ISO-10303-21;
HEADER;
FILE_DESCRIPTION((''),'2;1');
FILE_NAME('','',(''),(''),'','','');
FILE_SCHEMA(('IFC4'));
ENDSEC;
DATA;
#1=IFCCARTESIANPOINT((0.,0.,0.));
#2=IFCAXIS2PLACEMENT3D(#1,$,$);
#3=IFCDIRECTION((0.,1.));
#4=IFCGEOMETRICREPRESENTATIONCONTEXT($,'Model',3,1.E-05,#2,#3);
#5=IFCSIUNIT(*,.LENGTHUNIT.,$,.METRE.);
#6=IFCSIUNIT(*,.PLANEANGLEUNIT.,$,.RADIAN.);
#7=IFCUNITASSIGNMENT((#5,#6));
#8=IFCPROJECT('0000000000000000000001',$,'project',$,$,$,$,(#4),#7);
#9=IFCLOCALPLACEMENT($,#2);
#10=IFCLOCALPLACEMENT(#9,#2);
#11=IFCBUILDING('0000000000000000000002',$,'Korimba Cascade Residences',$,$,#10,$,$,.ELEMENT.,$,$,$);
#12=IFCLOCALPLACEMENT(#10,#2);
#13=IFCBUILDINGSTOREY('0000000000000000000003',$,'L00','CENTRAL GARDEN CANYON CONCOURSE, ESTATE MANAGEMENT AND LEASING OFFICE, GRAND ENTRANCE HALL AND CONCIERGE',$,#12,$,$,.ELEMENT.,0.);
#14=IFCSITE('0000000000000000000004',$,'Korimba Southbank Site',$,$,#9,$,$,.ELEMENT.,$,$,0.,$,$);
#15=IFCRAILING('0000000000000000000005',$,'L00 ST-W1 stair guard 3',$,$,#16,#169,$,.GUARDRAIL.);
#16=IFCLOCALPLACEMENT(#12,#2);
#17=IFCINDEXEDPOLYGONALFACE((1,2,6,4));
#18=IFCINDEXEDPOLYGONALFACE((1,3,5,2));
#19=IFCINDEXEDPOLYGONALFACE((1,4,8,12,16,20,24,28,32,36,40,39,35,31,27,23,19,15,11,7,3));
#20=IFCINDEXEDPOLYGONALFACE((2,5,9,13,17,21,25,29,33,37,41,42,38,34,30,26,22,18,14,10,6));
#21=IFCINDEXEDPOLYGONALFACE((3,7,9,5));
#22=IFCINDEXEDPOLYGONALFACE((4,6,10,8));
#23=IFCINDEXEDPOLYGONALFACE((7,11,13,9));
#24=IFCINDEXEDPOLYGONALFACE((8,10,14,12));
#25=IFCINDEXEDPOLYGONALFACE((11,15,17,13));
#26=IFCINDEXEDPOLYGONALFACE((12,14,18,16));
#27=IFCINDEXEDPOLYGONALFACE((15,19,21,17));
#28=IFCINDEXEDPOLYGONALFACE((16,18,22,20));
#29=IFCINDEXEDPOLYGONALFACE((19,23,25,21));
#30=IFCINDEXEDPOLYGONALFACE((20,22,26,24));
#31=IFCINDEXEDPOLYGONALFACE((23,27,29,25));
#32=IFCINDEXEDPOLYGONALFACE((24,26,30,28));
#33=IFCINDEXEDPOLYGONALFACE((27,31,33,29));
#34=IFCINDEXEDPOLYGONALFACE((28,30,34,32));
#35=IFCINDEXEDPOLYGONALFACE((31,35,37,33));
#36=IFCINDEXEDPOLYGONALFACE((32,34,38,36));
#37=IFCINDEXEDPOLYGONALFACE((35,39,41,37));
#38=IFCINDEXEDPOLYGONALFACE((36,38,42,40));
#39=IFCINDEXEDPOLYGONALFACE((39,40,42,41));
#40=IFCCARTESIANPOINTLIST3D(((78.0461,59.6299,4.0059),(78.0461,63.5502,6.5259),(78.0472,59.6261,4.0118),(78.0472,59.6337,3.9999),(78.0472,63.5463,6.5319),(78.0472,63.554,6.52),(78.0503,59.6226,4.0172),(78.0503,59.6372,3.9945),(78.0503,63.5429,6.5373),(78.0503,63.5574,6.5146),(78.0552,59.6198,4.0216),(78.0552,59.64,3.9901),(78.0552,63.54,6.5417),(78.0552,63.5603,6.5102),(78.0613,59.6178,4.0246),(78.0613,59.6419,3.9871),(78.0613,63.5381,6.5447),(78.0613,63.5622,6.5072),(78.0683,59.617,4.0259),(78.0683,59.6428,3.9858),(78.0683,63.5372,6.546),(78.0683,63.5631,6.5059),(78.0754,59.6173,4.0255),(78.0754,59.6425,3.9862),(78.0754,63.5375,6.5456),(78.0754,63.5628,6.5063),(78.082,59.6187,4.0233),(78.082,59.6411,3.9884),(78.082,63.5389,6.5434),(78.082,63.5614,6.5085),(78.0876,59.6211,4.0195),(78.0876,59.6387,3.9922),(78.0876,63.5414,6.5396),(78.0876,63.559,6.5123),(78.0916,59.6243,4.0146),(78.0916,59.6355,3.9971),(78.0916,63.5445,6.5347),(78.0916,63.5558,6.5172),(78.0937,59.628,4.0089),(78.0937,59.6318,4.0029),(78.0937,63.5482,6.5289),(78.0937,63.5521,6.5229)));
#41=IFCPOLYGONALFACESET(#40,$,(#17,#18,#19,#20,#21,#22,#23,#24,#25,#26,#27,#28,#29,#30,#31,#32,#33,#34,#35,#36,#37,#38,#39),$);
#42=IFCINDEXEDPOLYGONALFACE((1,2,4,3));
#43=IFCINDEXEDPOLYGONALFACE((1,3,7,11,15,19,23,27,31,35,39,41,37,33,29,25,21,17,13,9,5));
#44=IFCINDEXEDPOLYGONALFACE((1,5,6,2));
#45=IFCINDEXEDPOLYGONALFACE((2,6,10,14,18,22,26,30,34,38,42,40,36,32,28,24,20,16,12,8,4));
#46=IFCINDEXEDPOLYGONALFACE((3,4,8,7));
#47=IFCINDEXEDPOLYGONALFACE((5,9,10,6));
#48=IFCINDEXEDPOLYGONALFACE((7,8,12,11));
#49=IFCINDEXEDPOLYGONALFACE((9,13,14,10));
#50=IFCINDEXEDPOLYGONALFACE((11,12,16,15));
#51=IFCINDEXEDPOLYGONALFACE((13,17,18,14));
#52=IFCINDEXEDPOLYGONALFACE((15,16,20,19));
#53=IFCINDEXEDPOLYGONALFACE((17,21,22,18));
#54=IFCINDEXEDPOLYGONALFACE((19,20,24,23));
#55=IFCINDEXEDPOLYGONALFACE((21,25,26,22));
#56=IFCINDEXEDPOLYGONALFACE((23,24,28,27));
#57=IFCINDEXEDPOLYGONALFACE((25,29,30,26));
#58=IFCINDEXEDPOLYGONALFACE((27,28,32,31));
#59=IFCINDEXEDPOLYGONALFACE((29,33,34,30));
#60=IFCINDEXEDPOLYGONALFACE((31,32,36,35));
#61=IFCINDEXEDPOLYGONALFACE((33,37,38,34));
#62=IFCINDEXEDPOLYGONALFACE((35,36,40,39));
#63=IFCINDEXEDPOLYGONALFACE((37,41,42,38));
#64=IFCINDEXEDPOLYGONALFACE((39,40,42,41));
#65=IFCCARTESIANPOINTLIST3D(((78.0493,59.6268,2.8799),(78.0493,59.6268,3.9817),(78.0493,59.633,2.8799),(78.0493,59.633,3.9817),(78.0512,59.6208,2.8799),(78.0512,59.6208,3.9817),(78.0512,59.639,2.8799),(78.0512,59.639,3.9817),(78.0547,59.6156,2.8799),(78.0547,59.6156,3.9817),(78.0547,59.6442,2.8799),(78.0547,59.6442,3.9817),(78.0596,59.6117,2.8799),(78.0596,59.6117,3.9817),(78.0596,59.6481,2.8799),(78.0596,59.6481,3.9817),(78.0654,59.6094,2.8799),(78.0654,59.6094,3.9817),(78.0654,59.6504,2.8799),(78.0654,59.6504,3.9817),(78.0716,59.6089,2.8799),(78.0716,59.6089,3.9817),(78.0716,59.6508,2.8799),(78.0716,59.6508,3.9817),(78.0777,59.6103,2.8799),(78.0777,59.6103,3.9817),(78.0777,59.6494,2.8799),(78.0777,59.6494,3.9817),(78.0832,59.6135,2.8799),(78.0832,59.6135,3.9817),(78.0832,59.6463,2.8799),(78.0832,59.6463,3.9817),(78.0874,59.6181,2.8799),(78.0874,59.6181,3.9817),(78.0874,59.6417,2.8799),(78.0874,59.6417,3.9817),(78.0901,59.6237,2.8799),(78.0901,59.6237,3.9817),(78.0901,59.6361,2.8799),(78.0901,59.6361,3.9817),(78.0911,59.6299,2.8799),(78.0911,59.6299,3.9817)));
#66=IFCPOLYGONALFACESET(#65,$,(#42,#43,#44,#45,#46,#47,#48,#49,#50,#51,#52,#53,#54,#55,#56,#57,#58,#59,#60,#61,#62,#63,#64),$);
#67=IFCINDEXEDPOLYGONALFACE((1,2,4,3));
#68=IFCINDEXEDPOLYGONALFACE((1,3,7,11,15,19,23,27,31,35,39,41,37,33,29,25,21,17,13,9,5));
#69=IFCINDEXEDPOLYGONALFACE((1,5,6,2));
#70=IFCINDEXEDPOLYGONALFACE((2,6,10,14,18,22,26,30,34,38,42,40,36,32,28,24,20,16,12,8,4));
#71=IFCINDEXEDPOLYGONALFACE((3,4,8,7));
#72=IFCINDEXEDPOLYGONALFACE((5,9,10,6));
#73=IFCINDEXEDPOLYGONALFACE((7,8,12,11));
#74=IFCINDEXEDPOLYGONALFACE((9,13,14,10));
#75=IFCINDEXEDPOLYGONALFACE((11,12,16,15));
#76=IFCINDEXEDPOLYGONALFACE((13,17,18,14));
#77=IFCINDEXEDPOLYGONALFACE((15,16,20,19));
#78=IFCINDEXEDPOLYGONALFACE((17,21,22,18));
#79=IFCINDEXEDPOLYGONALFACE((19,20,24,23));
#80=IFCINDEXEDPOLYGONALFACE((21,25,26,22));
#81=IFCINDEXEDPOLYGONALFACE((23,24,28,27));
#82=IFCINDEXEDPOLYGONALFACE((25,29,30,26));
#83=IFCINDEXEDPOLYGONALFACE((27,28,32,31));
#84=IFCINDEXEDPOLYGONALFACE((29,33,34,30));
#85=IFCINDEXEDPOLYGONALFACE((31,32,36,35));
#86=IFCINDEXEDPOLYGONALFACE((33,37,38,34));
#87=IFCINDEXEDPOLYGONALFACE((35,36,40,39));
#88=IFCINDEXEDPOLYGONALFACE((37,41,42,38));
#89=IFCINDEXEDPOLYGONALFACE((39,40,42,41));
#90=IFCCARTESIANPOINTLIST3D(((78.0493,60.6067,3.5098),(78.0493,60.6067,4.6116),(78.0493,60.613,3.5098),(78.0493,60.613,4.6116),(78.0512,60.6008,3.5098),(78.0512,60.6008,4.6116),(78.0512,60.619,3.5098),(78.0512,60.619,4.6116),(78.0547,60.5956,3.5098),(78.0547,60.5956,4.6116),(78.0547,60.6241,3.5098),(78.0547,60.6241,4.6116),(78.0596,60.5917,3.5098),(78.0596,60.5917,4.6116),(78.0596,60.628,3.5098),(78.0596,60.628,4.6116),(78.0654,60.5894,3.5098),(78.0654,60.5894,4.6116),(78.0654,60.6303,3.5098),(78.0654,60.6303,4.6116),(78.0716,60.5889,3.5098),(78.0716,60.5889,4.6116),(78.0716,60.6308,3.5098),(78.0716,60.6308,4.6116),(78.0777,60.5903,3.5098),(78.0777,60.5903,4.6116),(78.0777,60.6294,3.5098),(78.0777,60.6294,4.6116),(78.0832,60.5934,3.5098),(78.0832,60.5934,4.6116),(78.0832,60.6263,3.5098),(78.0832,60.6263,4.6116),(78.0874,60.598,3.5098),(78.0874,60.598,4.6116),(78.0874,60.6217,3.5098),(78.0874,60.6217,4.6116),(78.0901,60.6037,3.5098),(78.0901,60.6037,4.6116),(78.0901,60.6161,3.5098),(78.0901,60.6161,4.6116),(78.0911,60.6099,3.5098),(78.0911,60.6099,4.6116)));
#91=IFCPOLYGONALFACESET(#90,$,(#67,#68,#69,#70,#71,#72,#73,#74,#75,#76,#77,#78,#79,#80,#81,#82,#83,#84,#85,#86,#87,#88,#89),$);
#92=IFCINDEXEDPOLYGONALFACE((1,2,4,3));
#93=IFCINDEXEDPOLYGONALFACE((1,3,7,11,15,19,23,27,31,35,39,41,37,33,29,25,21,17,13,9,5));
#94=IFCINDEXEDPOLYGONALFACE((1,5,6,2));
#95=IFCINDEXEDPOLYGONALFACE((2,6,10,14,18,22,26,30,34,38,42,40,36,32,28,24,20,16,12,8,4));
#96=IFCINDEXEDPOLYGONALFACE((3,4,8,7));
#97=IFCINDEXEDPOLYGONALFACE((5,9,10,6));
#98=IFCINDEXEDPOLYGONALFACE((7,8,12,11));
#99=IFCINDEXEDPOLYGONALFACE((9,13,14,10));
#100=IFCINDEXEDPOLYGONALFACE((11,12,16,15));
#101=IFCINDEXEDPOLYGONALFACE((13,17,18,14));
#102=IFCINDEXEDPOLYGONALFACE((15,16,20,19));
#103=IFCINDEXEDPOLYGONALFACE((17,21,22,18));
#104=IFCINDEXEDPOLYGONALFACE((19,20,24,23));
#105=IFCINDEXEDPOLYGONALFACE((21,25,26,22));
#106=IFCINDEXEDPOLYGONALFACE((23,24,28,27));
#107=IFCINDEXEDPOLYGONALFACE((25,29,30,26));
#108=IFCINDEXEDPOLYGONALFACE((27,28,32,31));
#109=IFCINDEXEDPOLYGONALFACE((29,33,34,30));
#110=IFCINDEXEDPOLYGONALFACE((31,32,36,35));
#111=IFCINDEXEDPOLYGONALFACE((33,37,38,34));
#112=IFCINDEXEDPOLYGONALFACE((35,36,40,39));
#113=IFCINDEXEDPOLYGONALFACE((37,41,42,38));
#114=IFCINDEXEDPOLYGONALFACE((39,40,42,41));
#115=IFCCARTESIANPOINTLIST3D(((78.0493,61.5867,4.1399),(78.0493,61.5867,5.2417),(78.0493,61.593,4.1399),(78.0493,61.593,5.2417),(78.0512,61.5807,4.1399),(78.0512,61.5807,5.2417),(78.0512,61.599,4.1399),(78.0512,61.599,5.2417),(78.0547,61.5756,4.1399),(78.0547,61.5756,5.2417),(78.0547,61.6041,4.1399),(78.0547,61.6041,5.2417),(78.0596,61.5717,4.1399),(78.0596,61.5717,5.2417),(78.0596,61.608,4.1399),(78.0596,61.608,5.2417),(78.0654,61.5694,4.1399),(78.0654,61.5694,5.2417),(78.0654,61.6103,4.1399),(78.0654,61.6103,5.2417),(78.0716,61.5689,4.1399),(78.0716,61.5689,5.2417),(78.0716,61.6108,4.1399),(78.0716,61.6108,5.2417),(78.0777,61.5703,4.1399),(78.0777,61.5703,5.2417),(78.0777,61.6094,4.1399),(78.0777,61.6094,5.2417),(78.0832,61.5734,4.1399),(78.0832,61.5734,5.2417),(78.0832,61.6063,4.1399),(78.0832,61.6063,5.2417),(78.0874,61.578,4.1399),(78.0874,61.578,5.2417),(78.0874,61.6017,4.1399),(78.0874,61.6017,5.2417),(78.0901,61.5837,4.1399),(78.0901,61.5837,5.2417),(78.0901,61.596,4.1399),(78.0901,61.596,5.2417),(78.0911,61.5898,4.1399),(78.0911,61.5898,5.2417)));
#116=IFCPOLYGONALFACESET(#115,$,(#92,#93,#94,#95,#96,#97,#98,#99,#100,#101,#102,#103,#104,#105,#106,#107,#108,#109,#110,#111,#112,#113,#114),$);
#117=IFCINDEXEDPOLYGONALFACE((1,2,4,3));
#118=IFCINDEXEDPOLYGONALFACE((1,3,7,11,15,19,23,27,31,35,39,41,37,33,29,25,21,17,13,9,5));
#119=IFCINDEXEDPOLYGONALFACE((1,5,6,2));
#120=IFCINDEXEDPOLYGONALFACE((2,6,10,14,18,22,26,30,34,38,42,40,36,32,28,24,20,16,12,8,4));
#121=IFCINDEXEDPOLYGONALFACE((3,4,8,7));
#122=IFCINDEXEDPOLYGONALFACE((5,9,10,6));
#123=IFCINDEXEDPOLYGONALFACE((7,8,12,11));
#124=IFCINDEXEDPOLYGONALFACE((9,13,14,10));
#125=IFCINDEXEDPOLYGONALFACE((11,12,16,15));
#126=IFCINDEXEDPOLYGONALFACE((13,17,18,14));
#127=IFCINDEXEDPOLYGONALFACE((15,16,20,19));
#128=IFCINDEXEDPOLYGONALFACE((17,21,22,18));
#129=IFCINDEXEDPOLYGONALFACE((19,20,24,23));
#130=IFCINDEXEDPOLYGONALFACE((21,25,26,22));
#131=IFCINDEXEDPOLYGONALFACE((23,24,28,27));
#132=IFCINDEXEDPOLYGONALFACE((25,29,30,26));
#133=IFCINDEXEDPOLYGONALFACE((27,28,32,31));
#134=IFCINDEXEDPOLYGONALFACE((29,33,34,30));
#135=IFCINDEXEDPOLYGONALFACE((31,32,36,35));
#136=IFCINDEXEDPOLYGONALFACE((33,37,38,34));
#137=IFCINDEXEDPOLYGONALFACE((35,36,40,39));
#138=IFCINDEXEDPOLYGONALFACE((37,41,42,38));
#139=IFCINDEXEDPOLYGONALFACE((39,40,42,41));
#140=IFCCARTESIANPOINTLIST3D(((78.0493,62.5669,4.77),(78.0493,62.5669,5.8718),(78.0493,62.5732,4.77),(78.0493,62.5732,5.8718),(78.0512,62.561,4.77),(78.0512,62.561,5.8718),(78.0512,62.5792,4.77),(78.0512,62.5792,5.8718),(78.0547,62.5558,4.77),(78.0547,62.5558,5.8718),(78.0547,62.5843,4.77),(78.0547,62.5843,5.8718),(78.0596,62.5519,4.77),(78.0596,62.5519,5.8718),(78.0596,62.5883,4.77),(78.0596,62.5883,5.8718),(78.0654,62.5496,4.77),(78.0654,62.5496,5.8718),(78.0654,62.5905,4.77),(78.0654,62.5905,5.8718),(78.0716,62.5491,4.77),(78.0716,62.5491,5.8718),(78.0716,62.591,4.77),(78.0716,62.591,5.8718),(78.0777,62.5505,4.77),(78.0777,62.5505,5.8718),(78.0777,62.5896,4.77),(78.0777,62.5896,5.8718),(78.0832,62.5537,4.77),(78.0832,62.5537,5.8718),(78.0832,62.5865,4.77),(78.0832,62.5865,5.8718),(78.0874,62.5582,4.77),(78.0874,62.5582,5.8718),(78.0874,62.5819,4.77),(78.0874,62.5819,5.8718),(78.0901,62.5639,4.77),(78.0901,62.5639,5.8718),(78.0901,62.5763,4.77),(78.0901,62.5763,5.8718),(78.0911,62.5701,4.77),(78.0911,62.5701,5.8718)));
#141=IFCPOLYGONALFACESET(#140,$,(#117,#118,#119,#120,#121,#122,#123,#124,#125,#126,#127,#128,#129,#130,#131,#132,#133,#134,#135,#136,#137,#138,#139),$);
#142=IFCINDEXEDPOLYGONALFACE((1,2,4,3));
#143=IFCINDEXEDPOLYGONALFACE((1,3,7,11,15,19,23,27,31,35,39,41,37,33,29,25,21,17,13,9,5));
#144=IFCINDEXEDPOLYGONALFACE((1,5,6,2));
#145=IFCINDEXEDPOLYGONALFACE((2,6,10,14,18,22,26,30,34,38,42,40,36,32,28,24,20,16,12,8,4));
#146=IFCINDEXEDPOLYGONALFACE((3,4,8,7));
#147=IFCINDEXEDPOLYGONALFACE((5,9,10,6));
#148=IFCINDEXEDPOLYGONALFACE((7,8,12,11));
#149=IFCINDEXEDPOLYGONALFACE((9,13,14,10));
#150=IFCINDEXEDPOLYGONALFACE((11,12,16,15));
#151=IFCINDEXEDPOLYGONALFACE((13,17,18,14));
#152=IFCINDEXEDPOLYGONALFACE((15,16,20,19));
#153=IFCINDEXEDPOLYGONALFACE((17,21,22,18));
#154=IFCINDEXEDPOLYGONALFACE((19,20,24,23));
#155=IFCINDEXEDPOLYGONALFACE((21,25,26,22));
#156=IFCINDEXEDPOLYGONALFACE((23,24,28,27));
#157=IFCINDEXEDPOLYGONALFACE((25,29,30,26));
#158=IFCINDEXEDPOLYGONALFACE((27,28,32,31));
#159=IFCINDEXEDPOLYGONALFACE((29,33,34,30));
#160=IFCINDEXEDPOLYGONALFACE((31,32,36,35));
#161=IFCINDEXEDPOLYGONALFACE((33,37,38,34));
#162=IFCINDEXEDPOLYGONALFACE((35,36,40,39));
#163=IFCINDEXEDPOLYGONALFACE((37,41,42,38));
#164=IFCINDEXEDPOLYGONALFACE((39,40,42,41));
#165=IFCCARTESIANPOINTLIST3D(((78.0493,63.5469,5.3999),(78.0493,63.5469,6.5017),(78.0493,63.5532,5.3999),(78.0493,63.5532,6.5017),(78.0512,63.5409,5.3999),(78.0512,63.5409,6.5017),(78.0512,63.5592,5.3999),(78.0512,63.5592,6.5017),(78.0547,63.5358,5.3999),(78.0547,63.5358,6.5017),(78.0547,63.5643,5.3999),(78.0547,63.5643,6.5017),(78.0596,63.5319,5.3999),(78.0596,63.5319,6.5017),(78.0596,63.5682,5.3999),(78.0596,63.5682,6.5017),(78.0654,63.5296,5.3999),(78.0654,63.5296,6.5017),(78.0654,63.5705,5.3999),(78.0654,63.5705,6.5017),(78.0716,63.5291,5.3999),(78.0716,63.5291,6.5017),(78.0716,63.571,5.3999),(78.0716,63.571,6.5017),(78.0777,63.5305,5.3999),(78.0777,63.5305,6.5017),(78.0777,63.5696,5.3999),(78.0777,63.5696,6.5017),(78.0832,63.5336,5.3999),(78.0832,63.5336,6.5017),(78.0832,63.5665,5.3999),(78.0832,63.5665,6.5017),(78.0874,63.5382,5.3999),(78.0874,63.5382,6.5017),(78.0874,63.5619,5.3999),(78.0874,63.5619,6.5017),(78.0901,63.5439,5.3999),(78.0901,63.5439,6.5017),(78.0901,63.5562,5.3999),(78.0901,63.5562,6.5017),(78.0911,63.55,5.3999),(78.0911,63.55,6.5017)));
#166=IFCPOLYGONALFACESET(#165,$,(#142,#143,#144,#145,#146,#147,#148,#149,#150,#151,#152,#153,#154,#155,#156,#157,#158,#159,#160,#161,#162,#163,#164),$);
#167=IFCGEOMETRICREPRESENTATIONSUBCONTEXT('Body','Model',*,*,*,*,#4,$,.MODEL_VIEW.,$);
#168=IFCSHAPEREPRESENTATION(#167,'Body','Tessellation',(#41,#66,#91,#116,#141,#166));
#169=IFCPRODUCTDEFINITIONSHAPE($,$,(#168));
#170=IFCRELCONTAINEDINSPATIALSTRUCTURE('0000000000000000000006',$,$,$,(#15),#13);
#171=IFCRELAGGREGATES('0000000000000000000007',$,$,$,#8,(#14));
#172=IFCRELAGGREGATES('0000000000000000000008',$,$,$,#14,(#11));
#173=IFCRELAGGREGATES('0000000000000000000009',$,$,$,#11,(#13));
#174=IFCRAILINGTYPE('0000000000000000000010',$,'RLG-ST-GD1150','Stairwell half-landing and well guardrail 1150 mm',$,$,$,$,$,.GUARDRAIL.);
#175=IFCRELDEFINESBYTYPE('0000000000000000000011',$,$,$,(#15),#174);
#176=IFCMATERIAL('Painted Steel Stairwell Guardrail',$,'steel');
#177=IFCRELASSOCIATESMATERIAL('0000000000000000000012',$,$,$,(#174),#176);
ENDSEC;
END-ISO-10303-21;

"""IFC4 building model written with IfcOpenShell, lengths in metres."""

from ifc_helpers import new_model, si_unit, direction, frame, origin, origin_2d, place, context, subcontext, project, spatial, circle, extrude, material, type_object, element, save


model = new_model("IFC4")

# Units and contexts
model_context = context("Model", 3, precision=1e-05, world=origin(), true_north=direction((0.0, 1.0)))
body_context = subcontext(model_context, "Body", "Model", "MODEL_VIEW")
ifc_project = project(units=[si_unit("LENGTHUNIT", "METRE"), si_unit("PLANEANGLEUNIT", "RADIAN")], contexts=[model_context])

# Site, building, storey
site_placement = place(None, origin())
site = spatial("IfcSite", under=ifc_project, at=site_placement, Name="Korimba Southbank Site", CompositionType="ELEMENT", RefElevation=0.0)
building_placement = place(site_placement, origin())
building = spatial("IfcBuilding", under=site, at=building_placement, Name="Korimba Cascade Residences", CompositionType="ELEMENT")
storey_placement = place(building_placement, origin())
storey = spatial("IfcBuildingStorey", under=building, at=storey_placement, Name="L00", Description="CENTRAL GARDEN CANYON CONCOURSE, ESTATE MANAGEMENT AND LEASING OFFICE, GRAND ENTRANCE HALL AND CONCIERGE", CompositionType="ELEMENT", Elevation=0.0)

# Railing
ifc_material_1 = material(Name="Painted Steel Stairwell Guardrail", Category="steel")
railing_type_1 = type_object("IfcRailingType", Name="RLG-ST-GD1150", Description="Stairwell half-landing and well guardrail 1150 mm", PredefinedType="GUARDRAIL", material=ifc_material_1)
railing_1_placement = place(storey_placement, frame((78.0701, 59.6299, 2.8799)))
element("IfcRailing", 1, at=railing_1_placement, inside=storey, type_object=railing_type_1, Name="L00 ST-W1 stair guard 3", PredefinedType="GUARDRAIL", context=body_context, shape_type="SweptSolid", body=[
    extrude(circle(Radius=0.0239, at=origin_2d()), frame((0.0, 0.0, 1.126), z_axis=(0.0, 0.841187, 0.540744), x_axis=(-1.0, 0.0, 0.0)), (0.0, 0.0, 1.0), 4.6604),
    extrude(circle(Radius=0.021, at=origin_2d()), origin(), (0.0, 0.0, 1.0), 1.1018),
    extrude(circle(Radius=0.021, at=origin_2d()), frame((0.0, 0.98, 0.6299)), (0.0, 0.0, 1.0), 1.1018),
    extrude(circle(Radius=0.021, at=origin_2d()), frame((0.0, 1.96, 1.26)), (0.0, 0.0, 1.0), 1.1018),
    extrude(circle(Radius=0.021, at=origin_2d()), frame((0.0, 2.9402, 1.8901)), (0.0, 0.0, 1.0), 1.1018),
    extrude(circle(Radius=0.021, at=origin_2d()), frame((0.0, 3.9202, 2.52)), (0.0, 0.0, 1.0), 1.1018),
])

save(model, "model.ifc")
